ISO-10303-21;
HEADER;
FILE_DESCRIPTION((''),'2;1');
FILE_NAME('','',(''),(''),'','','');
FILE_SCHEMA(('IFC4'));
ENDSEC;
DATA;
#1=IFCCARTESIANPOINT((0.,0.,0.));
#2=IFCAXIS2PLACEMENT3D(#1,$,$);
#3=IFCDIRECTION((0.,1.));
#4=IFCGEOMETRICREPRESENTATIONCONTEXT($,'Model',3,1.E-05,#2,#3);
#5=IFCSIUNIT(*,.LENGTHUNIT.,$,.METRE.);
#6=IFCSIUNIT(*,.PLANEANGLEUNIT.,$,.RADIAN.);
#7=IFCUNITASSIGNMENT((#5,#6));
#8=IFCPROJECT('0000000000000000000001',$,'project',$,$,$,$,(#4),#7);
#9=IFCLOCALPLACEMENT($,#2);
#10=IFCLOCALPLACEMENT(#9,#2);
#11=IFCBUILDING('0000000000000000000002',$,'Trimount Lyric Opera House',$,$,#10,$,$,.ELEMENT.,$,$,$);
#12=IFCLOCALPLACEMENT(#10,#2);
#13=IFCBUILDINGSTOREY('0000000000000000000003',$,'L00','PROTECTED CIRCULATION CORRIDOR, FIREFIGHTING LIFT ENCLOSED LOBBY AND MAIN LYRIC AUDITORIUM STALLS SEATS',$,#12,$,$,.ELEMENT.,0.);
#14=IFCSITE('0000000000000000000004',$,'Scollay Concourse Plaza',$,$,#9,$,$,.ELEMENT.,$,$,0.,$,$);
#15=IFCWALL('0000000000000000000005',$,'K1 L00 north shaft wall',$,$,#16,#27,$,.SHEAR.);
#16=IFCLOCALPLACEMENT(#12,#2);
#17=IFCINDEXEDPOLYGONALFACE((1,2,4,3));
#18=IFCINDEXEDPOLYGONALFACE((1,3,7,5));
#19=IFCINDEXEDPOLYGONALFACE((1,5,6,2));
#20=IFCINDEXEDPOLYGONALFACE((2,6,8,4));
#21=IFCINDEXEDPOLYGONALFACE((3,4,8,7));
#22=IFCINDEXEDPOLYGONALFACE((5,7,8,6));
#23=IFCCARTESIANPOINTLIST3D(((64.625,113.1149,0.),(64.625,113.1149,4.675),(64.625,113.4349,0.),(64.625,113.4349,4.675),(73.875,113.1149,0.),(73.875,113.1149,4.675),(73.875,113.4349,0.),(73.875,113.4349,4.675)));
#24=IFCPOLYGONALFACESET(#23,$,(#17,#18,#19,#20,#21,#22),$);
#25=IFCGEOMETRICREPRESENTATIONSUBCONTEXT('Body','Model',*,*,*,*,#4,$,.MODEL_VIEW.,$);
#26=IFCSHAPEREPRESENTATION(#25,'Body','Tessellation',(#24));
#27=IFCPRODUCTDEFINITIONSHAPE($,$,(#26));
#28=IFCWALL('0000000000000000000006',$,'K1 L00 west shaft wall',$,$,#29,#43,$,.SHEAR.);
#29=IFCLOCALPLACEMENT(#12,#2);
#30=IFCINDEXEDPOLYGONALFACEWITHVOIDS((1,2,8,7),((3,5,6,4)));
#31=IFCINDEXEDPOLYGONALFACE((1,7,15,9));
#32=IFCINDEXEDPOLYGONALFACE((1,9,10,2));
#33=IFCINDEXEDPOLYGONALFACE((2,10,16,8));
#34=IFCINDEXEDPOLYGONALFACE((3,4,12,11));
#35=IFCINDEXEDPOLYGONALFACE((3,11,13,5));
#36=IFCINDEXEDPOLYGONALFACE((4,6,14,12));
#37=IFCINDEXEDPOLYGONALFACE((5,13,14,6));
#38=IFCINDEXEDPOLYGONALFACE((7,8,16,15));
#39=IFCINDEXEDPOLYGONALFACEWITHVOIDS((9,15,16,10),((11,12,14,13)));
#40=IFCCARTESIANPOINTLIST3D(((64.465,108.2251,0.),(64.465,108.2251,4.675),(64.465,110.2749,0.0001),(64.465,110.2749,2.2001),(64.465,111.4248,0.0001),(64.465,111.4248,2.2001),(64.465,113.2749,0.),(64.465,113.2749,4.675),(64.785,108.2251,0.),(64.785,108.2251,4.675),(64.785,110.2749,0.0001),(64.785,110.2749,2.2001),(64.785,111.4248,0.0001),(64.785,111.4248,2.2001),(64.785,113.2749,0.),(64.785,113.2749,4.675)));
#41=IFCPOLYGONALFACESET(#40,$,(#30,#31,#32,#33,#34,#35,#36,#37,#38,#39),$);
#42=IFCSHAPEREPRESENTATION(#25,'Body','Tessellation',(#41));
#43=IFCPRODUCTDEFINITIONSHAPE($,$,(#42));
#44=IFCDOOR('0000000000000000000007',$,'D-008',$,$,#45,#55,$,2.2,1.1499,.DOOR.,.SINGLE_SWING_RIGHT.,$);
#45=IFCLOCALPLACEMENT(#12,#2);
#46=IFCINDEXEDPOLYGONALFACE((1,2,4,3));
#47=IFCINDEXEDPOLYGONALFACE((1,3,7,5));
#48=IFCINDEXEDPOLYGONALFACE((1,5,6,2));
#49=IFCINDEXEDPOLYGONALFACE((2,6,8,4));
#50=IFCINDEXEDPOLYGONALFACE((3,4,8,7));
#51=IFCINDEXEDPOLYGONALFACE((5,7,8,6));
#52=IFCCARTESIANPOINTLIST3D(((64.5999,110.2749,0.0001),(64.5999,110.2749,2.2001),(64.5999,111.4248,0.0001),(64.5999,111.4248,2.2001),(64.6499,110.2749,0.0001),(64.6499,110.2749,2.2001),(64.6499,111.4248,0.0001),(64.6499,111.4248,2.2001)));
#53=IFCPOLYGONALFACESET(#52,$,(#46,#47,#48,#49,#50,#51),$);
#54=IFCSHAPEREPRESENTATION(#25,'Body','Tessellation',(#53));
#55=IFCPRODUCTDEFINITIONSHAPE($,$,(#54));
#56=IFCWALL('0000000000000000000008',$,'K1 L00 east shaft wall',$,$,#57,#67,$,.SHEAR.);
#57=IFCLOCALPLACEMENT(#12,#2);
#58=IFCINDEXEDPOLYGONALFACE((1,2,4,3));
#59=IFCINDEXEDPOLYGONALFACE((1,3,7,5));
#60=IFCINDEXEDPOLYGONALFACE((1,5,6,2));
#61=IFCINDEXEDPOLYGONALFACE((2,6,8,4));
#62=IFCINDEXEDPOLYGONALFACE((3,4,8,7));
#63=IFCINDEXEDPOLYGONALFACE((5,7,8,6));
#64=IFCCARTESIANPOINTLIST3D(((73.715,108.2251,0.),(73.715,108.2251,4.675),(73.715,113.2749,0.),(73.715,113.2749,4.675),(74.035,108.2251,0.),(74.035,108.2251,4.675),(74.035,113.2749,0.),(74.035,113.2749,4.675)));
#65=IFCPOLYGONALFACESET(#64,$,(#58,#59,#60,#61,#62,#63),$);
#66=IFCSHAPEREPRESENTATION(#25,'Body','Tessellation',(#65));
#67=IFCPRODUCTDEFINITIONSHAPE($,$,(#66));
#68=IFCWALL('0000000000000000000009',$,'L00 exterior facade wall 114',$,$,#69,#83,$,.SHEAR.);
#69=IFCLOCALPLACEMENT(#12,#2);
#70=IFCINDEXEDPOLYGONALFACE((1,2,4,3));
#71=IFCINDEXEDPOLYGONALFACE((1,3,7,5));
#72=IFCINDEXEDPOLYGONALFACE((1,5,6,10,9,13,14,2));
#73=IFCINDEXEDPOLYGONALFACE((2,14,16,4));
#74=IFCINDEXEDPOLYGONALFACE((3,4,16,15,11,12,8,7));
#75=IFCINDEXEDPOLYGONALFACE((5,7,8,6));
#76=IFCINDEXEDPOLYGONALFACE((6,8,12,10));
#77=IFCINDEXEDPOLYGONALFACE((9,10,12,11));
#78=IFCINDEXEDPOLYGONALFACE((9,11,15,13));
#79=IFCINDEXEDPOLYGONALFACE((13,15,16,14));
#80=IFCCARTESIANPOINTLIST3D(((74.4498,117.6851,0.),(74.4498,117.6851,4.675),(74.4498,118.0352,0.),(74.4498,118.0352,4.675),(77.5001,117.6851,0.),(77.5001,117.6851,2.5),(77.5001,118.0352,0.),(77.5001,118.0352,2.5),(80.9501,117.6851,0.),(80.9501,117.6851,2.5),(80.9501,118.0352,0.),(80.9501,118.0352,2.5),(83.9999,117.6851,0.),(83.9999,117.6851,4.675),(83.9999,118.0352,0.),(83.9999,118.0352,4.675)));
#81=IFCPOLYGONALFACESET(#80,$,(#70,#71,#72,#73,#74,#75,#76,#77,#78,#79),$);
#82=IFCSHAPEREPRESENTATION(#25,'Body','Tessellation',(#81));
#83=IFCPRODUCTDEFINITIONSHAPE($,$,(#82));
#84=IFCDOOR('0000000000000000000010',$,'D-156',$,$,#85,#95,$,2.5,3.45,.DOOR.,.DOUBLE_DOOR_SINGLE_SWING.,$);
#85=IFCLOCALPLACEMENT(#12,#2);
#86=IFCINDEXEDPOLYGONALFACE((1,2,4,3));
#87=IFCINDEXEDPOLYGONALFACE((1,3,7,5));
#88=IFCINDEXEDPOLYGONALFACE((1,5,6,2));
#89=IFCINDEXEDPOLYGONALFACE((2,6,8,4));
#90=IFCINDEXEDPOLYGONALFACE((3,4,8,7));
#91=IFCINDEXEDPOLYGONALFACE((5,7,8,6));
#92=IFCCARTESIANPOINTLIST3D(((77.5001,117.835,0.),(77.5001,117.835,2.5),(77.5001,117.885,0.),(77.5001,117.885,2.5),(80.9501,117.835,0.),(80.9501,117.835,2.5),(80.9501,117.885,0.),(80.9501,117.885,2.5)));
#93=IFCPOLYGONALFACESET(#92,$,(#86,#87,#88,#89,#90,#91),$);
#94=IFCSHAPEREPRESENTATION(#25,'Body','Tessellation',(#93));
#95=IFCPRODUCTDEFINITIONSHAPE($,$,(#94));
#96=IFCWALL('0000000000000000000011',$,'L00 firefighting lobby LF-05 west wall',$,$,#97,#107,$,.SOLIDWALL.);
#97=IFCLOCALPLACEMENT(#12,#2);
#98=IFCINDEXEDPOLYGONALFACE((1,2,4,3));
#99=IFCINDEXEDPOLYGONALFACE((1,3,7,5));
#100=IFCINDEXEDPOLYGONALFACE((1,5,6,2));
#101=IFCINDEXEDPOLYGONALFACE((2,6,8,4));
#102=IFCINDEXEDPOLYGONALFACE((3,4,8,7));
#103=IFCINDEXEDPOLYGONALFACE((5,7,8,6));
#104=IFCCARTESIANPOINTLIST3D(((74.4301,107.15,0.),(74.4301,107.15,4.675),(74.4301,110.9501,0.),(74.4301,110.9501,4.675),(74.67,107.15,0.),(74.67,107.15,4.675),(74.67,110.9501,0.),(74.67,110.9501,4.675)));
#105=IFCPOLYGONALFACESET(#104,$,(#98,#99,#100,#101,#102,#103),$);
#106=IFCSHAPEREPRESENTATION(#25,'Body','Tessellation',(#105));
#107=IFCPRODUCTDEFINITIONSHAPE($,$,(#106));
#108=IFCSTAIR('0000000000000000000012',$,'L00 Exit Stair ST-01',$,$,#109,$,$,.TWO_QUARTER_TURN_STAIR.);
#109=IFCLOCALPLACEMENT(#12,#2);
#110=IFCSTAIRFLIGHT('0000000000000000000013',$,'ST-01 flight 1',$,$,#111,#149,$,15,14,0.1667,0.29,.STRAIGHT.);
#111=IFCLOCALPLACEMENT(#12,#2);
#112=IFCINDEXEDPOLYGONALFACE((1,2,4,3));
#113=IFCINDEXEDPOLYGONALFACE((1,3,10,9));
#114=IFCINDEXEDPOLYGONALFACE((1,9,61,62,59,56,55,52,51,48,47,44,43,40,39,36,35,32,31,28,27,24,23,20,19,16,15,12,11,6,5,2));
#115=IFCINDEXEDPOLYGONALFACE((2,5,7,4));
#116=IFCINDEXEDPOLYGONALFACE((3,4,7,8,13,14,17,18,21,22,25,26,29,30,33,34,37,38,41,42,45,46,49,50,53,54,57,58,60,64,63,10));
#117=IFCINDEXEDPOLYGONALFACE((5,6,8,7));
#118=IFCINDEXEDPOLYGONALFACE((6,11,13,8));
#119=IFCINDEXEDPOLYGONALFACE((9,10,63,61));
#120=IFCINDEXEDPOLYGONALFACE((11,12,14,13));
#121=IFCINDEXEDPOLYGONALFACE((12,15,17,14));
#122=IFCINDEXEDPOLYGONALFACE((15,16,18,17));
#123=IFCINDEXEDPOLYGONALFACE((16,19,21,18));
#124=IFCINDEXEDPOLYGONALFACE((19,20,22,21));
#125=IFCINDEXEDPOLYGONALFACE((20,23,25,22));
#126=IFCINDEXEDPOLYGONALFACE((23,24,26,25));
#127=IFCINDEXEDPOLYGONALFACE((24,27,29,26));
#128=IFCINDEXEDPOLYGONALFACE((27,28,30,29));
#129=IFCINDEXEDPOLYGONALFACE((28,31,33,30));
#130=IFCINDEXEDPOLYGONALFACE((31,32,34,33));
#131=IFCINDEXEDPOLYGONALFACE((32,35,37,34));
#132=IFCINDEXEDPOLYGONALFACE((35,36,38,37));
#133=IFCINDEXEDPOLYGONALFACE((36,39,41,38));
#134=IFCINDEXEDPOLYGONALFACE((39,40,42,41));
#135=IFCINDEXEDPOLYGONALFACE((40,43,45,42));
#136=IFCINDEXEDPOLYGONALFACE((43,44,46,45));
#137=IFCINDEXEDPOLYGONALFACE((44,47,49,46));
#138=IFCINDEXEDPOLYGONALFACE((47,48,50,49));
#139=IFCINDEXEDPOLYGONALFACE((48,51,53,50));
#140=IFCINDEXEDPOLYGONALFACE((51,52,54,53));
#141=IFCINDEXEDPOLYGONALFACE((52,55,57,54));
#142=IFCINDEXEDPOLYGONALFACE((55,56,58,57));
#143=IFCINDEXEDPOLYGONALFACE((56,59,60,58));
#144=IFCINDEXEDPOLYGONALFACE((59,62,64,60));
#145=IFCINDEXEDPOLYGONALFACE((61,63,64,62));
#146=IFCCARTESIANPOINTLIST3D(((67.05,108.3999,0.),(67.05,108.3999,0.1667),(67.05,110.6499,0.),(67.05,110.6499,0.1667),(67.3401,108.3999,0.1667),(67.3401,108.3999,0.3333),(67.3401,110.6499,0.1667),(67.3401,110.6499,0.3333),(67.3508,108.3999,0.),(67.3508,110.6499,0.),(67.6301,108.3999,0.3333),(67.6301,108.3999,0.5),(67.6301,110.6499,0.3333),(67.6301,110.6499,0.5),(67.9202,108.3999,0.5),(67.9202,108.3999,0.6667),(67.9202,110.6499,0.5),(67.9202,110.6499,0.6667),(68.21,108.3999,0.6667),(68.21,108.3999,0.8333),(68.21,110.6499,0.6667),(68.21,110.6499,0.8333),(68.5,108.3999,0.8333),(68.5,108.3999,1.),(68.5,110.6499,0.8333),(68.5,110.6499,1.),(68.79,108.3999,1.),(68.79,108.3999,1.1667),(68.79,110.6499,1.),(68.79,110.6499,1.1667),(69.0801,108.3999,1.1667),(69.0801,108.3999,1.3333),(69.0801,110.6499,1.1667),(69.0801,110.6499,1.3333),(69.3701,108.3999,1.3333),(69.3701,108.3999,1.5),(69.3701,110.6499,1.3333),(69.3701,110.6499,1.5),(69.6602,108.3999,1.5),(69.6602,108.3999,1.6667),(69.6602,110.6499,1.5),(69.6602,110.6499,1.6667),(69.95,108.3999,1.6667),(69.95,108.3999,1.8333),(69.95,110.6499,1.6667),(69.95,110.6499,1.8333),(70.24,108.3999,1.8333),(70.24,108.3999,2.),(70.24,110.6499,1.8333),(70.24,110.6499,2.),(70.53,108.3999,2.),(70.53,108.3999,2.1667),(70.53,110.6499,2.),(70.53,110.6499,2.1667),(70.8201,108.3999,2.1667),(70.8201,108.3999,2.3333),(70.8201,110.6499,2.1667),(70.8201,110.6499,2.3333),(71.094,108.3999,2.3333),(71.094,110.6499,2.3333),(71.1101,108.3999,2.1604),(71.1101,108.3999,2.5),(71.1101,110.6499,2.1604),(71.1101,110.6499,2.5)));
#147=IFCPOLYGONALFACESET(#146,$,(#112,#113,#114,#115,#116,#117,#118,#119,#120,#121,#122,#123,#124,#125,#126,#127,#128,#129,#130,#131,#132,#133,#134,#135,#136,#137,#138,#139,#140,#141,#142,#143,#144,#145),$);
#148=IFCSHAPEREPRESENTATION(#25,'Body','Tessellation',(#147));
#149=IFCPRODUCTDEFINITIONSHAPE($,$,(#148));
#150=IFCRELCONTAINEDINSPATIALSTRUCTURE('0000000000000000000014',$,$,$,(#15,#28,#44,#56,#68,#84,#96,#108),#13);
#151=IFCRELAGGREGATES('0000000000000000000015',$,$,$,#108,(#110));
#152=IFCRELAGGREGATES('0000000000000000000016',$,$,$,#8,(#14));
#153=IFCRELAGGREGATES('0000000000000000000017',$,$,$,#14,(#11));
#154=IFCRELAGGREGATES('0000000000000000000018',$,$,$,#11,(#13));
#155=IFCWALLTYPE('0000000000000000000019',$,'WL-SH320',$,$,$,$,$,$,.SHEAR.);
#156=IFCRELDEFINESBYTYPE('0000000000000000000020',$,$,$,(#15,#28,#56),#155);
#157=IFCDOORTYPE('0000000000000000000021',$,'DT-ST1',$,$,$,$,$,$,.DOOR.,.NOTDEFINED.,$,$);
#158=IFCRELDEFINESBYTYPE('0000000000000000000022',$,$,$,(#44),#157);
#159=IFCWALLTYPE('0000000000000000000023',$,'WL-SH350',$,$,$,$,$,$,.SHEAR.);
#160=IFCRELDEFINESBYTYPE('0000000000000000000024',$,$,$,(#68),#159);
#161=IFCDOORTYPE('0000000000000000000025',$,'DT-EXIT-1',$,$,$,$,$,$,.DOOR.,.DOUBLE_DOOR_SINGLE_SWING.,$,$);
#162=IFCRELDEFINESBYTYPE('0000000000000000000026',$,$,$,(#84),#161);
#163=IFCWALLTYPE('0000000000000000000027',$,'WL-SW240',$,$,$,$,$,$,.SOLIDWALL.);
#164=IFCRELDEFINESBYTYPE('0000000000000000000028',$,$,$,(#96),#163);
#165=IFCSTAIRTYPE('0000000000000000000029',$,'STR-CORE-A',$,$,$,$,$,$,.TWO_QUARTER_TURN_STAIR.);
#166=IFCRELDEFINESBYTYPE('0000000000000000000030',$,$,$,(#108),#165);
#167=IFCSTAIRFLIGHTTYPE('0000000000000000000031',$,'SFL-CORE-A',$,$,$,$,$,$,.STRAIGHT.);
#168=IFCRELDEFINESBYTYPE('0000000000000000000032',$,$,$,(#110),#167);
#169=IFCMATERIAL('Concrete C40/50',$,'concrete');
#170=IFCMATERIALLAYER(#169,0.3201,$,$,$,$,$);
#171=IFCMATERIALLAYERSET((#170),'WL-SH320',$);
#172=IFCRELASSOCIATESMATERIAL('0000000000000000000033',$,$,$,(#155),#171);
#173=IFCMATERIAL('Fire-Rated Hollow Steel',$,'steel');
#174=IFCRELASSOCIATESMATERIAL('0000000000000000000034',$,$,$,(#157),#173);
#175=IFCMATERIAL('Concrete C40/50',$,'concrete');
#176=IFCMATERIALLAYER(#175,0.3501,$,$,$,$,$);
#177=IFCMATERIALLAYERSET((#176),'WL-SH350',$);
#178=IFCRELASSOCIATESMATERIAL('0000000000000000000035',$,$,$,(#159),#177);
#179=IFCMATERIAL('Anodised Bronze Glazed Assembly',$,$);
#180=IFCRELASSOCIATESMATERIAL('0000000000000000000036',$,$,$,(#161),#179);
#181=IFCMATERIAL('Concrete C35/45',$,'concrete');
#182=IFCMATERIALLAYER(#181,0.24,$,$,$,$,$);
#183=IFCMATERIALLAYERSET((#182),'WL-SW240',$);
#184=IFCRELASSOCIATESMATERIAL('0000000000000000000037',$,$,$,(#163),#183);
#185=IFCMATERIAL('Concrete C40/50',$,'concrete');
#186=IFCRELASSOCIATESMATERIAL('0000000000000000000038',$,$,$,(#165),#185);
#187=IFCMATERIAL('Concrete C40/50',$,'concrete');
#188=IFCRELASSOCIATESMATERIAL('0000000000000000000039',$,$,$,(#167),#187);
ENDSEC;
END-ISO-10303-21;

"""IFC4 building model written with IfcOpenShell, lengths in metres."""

from ifc_helpers import new_model, si_unit, direction, frame, frame_2d, origin, place, context, subcontext, project, spatial, polyline, rectangle, outline, extrude, material, layer, layer_set, type_object, element, fill, aggregate, save


model = new_model("IFC4")

# Units and contexts
model_context = context("Model", 3, precision=1e-05, world=origin(), true_north=direction((0.0, 1.0)))
body_context = subcontext(model_context, "Body", "Model", "MODEL_VIEW")
ifc_project = project(units=[si_unit("LENGTHUNIT", "METRE"), si_unit("PLANEANGLEUNIT", "RADIAN")], contexts=[model_context])

# Site, building, storey
site_placement = place(None, origin())
site = spatial("IfcSite", under=ifc_project, at=site_placement, Name="Scollay Concourse Plaza", CompositionType="ELEMENT", RefElevation=0.0)
building_placement = place(site_placement, origin())
building = spatial("IfcBuilding", under=site, at=building_placement, Name="Trimount Lyric Opera House", CompositionType="ELEMENT")
storey_placement = place(building_placement, origin())
storey = spatial("IfcBuildingStorey", under=building, at=storey_placement, Name="L00", Description="PROTECTED CIRCULATION CORRIDOR, FIREFIGHTING LIFT ENCLOSED LOBBY AND MAIN LYRIC AUDITORIUM STALLS SEATS", CompositionType="ELEMENT", Elevation=0.0)

# Wall
ifc_material_1 = material(Name="Concrete C40/50", Category="concrete")
ifc_layer_1 = layer(ifc_material_1, 0.3201)
ifc_layer_set_1 = layer_set([ifc_layer_1], Name="WL-SH320")
wall_type_1 = type_object("IfcWallType", Name="WL-SH320", PredefinedType="SHEAR", material=ifc_layer_set_1)
wall_1_placement = place(storey_placement, frame((73.875, 113.2749, 0.0), z_axis=(0.0, 0.0, 1.0), x_axis=(-1.0, 0.0, 0.0)))
element("IfcWall", 1, at=wall_1_placement, inside=storey, type_object=wall_type_1, Name="K1 L00 north shaft wall", PredefinedType="SHEAR", context=body_context, shape_type="SweptSolid", body=[
    extrude(rectangle(XDim=9.25, YDim=0.3201, at=frame_2d((4.625, 0.0))), origin(), (0.0, 0.0, 1.0), 4.675),
])

# Wall, opening, door
wall_2_placement = place(storey_placement, frame((64.625, 113.2749, 0.0), z_axis=(0.0, 0.0, 1.0), x_axis=(0.0, -1.0, 0.0)))
wall_2 = element("IfcWall", 2, at=wall_2_placement, inside=storey, type_object=wall_type_1, Name="K1 L00 west shaft wall", PredefinedType="SHEAR", context=body_context, shape_type="SweptSolid", body=[
    extrude(rectangle(XDim=5.0498, YDim=0.3201, at=frame_2d((2.5249, 0.0))), origin(), (0.0, 0.0, 1.0), 4.675),
])
opening_1_placement = place(wall_2_placement, frame((1.8501, 0.0, 0.0)))
opening_1 = element("IfcOpeningElement", 3, at=opening_1_placement, cuts=wall_2, PredefinedType="OPENING", context=body_context, shape_type="SweptSolid", body=[
    extrude(rectangle(XDim=1.1499, YDim=2.2, at=frame_2d((0.575, 1.1001))), frame((0.0, 0.1699, 0.0), z_axis=(0.0, -1.0, 0.0), x_axis=(1.0, 0.0, 0.0)), (0.0, 0.0, 1.0), 0.3401),
])
ifc_material_2 = material(Name="Fire-Rated Hollow Steel", Category="steel")
door_type_1 = type_object("IfcDoorType", Name="DT-ST1", OperationType="NOTDEFINED", PredefinedType="DOOR", material=ifc_material_2)
door_1_placement = place(opening_1_placement, origin())
door_1 = element("IfcDoor", 4, at=door_1_placement, inside=storey, type_object=door_type_1, Name="D-008", OperationType="SINGLE_SWING_RIGHT", OverallHeight=2.2, OverallWidth=1.1499, PredefinedType="DOOR", context=body_context, shape_type="SweptSolid", body=[
    extrude(rectangle(XDim=1.1499, YDim=2.2, at=frame_2d((0.575, 1.1001))), frame((0.0, 0.0249, 0.0), z_axis=(0.0, -1.0, 0.0), x_axis=(1.0, 0.0, 0.0)), (0.0, 0.0, 1.0), 0.05),
])
fill(opening_1, door_1)

# Wall
wall_3_placement = place(storey_placement, frame((73.875, 108.2251, 0.0), z_axis=(0.0, 0.0, 1.0), x_axis=(0.0, 1.0, 0.0)))
element("IfcWall", 5, at=wall_3_placement, inside=storey, type_object=wall_type_1, Name="K1 L00 east shaft wall", PredefinedType="SHEAR", context=body_context, shape_type="SweptSolid", body=[
    extrude(rectangle(XDim=5.0498, YDim=0.3201, at=frame_2d((2.5249, 0.0))), origin(), (0.0, 0.0, 1.0), 4.675),
])

# Wall, opening, door
ifc_material_3 = material(Name="Concrete C40/50", Category="concrete")
ifc_layer_2 = layer(ifc_material_3, 0.3501)
ifc_layer_set_2 = layer_set([ifc_layer_2], Name="WL-SH350")
wall_type_2 = type_object("IfcWallType", Name="WL-SH350", PredefinedType="SHEAR", material=ifc_layer_set_2)
wall_4_placement = place(storey_placement, frame((74.45, 117.8601, 0.0), z_axis=(0.0, 0.0, 1.0), x_axis=(1.0, 0.0, 0.0)))
wall_4 = element("IfcWall", 6, at=wall_4_placement, inside=storey, type_object=wall_type_2, Name="L00 exterior facade wall 114", PredefinedType="SHEAR", context=body_context, shape_type="SweptSolid", body=[
    extrude(rectangle(XDim=9.55, YDim=0.3501, at=frame_2d((4.7749, 0.0))), origin(), (0.0, 0.0, 1.0), 4.675),
])
opening_2_placement = place(wall_4_placement, frame((3.05, 0.0, 0.0)))
opening_2 = element("IfcOpeningElement", 7, at=opening_2_placement, cuts=wall_4, PredefinedType="OPENING", context=body_context, shape_type="SweptSolid", body=[
    extrude(rectangle(XDim=3.45, YDim=2.5, at=frame_2d((1.7251, 1.25))), frame((0.0, 0.1851, 0.0), z_axis=(0.0, -1.0, 0.0), x_axis=(1.0, 0.0, 0.0)), (0.0, 0.0, 1.0), 0.3701),
])
ifc_material_4 = material(Name="Anodised Bronze Glazed Assembly")
door_type_2 = type_object("IfcDoorType", Name="DT-EXIT-1", OperationType="DOUBLE_DOOR_SINGLE_SWING", PredefinedType="DOOR", material=ifc_material_4)
door_2_placement = place(opening_2_placement, origin())
door_2 = element("IfcDoor", 8, at=door_2_placement, inside=storey, type_object=door_type_2, Name="D-156", OperationType="DOUBLE_DOOR_SINGLE_SWING", OverallHeight=2.5, OverallWidth=3.45, PredefinedType="DOOR", context=body_context, shape_type="SweptSolid", body=[
    extrude(rectangle(XDim=3.45, YDim=2.5, at=frame_2d((1.7251, 1.25))), frame((0.0, 0.0249, 0.0), z_axis=(0.0, -1.0, 0.0), x_axis=(1.0, 0.0, 0.0)), (0.0, 0.0, 1.0), 0.05),
])
fill(opening_2, door_2)

# Wall
ifc_material_5 = material(Name="Concrete C35/45", Category="concrete")
ifc_layer_3 = layer(ifc_material_5, 0.24)
ifc_layer_set_3 = layer_set([ifc_layer_3], Name="WL-SW240")
wall_type_3 = type_object("IfcWallType", Name="WL-SW240", PredefinedType="SOLIDWALL", material=ifc_layer_set_3)
wall_5_placement = place(storey_placement, frame((74.55, 110.95, 0.0), z_axis=(0.0, 0.0, 1.0), x_axis=(0.0, -1.0, 0.0)))
element("IfcWall", 9, at=wall_5_placement, inside=storey, type_object=wall_type_3, Name="L00 firefighting lobby LF-05 west wall", PredefinedType="SOLIDWALL", context=body_context, shape_type="SweptSolid", body=[
    extrude(rectangle(XDim=3.8, YDim=0.24, at=frame_2d((1.8999, 0.0))), origin(), (0.0, 0.0, 1.0), 4.675),
])

# Stair, stair flight
ifc_material_6 = material(Name="Concrete C40/50", Category="concrete")
stair_type = type_object("IfcStairType", Name="STR-CORE-A", PredefinedType="TWO_QUARTER_TURN_STAIR", material=ifc_material_6)
stair_placement = place(storey_placement, origin())
stair = element("IfcStair", 10, at=stair_placement, inside=storey, type_object=stair_type, Name="L00 Exit Stair ST-01", PredefinedType="TWO_QUARTER_TURN_STAIR")
ifc_material_7 = material(Name="Concrete C40/50", Category="concrete")
stair_flight_type = type_object("IfcStairFlightType", Name="SFL-CORE-A", PredefinedType="STRAIGHT", material=ifc_material_7)
stair_flight_1_placement = place(storey_placement, frame((67.05, 109.5249, 0.0), z_axis=(0.0, 0.0, 1.0), x_axis=(1.0, 0.0, 0.0)))
stair_flight_1 = element("IfcStairFlight", 11, at=stair_flight_1_placement, type_object=stair_flight_type, Name="ST-01 flight 1", NumberOfRisers=15, NumberOfTreads=14, PredefinedType="STRAIGHT", RiserHeight=0.1667, TreadLength=0.29, context=body_context, shape_type="SweptSolid", body=[
    extrude(outline(polyline([(0.0, 0.0), (0.0, 0.1667), (0.29, 0.1667), (0.29, 0.3333), (0.5801, 0.3333), (0.5801, 0.5), (0.8701, 0.5), (0.8701, 0.6667), (1.1599, 0.6667), (1.1599, 0.8333), (1.45, 0.8333), (1.45, 1.0), (1.74, 1.0), (1.74, 1.1667), (2.03, 1.1667), (2.03, 1.3333), (2.3201, 1.3333), (2.3201, 1.5), (2.6101, 1.5), (2.6101, 1.6667), (2.8999, 1.6667), (2.8999, 1.8333), (3.1899, 1.8333), (3.1899, 2.0), (3.48, 2.0), (3.48, 2.1667), (3.77, 2.1667), (3.77, 2.3333), (4.0439, 2.3333), (4.0601, 2.5), (4.0601, 2.1604), (0.3008, 0.0), (0.0, 0.0)])), frame((0.0, 1.125, 0.0), z_axis=(0.0, -1.0, 0.0), x_axis=(1.0, 0.0, 0.0)), (0.0, 0.0, 1.0), 2.25),
])
aggregate(stair, [stair_flight_1])

save(model, "model.ifc")
